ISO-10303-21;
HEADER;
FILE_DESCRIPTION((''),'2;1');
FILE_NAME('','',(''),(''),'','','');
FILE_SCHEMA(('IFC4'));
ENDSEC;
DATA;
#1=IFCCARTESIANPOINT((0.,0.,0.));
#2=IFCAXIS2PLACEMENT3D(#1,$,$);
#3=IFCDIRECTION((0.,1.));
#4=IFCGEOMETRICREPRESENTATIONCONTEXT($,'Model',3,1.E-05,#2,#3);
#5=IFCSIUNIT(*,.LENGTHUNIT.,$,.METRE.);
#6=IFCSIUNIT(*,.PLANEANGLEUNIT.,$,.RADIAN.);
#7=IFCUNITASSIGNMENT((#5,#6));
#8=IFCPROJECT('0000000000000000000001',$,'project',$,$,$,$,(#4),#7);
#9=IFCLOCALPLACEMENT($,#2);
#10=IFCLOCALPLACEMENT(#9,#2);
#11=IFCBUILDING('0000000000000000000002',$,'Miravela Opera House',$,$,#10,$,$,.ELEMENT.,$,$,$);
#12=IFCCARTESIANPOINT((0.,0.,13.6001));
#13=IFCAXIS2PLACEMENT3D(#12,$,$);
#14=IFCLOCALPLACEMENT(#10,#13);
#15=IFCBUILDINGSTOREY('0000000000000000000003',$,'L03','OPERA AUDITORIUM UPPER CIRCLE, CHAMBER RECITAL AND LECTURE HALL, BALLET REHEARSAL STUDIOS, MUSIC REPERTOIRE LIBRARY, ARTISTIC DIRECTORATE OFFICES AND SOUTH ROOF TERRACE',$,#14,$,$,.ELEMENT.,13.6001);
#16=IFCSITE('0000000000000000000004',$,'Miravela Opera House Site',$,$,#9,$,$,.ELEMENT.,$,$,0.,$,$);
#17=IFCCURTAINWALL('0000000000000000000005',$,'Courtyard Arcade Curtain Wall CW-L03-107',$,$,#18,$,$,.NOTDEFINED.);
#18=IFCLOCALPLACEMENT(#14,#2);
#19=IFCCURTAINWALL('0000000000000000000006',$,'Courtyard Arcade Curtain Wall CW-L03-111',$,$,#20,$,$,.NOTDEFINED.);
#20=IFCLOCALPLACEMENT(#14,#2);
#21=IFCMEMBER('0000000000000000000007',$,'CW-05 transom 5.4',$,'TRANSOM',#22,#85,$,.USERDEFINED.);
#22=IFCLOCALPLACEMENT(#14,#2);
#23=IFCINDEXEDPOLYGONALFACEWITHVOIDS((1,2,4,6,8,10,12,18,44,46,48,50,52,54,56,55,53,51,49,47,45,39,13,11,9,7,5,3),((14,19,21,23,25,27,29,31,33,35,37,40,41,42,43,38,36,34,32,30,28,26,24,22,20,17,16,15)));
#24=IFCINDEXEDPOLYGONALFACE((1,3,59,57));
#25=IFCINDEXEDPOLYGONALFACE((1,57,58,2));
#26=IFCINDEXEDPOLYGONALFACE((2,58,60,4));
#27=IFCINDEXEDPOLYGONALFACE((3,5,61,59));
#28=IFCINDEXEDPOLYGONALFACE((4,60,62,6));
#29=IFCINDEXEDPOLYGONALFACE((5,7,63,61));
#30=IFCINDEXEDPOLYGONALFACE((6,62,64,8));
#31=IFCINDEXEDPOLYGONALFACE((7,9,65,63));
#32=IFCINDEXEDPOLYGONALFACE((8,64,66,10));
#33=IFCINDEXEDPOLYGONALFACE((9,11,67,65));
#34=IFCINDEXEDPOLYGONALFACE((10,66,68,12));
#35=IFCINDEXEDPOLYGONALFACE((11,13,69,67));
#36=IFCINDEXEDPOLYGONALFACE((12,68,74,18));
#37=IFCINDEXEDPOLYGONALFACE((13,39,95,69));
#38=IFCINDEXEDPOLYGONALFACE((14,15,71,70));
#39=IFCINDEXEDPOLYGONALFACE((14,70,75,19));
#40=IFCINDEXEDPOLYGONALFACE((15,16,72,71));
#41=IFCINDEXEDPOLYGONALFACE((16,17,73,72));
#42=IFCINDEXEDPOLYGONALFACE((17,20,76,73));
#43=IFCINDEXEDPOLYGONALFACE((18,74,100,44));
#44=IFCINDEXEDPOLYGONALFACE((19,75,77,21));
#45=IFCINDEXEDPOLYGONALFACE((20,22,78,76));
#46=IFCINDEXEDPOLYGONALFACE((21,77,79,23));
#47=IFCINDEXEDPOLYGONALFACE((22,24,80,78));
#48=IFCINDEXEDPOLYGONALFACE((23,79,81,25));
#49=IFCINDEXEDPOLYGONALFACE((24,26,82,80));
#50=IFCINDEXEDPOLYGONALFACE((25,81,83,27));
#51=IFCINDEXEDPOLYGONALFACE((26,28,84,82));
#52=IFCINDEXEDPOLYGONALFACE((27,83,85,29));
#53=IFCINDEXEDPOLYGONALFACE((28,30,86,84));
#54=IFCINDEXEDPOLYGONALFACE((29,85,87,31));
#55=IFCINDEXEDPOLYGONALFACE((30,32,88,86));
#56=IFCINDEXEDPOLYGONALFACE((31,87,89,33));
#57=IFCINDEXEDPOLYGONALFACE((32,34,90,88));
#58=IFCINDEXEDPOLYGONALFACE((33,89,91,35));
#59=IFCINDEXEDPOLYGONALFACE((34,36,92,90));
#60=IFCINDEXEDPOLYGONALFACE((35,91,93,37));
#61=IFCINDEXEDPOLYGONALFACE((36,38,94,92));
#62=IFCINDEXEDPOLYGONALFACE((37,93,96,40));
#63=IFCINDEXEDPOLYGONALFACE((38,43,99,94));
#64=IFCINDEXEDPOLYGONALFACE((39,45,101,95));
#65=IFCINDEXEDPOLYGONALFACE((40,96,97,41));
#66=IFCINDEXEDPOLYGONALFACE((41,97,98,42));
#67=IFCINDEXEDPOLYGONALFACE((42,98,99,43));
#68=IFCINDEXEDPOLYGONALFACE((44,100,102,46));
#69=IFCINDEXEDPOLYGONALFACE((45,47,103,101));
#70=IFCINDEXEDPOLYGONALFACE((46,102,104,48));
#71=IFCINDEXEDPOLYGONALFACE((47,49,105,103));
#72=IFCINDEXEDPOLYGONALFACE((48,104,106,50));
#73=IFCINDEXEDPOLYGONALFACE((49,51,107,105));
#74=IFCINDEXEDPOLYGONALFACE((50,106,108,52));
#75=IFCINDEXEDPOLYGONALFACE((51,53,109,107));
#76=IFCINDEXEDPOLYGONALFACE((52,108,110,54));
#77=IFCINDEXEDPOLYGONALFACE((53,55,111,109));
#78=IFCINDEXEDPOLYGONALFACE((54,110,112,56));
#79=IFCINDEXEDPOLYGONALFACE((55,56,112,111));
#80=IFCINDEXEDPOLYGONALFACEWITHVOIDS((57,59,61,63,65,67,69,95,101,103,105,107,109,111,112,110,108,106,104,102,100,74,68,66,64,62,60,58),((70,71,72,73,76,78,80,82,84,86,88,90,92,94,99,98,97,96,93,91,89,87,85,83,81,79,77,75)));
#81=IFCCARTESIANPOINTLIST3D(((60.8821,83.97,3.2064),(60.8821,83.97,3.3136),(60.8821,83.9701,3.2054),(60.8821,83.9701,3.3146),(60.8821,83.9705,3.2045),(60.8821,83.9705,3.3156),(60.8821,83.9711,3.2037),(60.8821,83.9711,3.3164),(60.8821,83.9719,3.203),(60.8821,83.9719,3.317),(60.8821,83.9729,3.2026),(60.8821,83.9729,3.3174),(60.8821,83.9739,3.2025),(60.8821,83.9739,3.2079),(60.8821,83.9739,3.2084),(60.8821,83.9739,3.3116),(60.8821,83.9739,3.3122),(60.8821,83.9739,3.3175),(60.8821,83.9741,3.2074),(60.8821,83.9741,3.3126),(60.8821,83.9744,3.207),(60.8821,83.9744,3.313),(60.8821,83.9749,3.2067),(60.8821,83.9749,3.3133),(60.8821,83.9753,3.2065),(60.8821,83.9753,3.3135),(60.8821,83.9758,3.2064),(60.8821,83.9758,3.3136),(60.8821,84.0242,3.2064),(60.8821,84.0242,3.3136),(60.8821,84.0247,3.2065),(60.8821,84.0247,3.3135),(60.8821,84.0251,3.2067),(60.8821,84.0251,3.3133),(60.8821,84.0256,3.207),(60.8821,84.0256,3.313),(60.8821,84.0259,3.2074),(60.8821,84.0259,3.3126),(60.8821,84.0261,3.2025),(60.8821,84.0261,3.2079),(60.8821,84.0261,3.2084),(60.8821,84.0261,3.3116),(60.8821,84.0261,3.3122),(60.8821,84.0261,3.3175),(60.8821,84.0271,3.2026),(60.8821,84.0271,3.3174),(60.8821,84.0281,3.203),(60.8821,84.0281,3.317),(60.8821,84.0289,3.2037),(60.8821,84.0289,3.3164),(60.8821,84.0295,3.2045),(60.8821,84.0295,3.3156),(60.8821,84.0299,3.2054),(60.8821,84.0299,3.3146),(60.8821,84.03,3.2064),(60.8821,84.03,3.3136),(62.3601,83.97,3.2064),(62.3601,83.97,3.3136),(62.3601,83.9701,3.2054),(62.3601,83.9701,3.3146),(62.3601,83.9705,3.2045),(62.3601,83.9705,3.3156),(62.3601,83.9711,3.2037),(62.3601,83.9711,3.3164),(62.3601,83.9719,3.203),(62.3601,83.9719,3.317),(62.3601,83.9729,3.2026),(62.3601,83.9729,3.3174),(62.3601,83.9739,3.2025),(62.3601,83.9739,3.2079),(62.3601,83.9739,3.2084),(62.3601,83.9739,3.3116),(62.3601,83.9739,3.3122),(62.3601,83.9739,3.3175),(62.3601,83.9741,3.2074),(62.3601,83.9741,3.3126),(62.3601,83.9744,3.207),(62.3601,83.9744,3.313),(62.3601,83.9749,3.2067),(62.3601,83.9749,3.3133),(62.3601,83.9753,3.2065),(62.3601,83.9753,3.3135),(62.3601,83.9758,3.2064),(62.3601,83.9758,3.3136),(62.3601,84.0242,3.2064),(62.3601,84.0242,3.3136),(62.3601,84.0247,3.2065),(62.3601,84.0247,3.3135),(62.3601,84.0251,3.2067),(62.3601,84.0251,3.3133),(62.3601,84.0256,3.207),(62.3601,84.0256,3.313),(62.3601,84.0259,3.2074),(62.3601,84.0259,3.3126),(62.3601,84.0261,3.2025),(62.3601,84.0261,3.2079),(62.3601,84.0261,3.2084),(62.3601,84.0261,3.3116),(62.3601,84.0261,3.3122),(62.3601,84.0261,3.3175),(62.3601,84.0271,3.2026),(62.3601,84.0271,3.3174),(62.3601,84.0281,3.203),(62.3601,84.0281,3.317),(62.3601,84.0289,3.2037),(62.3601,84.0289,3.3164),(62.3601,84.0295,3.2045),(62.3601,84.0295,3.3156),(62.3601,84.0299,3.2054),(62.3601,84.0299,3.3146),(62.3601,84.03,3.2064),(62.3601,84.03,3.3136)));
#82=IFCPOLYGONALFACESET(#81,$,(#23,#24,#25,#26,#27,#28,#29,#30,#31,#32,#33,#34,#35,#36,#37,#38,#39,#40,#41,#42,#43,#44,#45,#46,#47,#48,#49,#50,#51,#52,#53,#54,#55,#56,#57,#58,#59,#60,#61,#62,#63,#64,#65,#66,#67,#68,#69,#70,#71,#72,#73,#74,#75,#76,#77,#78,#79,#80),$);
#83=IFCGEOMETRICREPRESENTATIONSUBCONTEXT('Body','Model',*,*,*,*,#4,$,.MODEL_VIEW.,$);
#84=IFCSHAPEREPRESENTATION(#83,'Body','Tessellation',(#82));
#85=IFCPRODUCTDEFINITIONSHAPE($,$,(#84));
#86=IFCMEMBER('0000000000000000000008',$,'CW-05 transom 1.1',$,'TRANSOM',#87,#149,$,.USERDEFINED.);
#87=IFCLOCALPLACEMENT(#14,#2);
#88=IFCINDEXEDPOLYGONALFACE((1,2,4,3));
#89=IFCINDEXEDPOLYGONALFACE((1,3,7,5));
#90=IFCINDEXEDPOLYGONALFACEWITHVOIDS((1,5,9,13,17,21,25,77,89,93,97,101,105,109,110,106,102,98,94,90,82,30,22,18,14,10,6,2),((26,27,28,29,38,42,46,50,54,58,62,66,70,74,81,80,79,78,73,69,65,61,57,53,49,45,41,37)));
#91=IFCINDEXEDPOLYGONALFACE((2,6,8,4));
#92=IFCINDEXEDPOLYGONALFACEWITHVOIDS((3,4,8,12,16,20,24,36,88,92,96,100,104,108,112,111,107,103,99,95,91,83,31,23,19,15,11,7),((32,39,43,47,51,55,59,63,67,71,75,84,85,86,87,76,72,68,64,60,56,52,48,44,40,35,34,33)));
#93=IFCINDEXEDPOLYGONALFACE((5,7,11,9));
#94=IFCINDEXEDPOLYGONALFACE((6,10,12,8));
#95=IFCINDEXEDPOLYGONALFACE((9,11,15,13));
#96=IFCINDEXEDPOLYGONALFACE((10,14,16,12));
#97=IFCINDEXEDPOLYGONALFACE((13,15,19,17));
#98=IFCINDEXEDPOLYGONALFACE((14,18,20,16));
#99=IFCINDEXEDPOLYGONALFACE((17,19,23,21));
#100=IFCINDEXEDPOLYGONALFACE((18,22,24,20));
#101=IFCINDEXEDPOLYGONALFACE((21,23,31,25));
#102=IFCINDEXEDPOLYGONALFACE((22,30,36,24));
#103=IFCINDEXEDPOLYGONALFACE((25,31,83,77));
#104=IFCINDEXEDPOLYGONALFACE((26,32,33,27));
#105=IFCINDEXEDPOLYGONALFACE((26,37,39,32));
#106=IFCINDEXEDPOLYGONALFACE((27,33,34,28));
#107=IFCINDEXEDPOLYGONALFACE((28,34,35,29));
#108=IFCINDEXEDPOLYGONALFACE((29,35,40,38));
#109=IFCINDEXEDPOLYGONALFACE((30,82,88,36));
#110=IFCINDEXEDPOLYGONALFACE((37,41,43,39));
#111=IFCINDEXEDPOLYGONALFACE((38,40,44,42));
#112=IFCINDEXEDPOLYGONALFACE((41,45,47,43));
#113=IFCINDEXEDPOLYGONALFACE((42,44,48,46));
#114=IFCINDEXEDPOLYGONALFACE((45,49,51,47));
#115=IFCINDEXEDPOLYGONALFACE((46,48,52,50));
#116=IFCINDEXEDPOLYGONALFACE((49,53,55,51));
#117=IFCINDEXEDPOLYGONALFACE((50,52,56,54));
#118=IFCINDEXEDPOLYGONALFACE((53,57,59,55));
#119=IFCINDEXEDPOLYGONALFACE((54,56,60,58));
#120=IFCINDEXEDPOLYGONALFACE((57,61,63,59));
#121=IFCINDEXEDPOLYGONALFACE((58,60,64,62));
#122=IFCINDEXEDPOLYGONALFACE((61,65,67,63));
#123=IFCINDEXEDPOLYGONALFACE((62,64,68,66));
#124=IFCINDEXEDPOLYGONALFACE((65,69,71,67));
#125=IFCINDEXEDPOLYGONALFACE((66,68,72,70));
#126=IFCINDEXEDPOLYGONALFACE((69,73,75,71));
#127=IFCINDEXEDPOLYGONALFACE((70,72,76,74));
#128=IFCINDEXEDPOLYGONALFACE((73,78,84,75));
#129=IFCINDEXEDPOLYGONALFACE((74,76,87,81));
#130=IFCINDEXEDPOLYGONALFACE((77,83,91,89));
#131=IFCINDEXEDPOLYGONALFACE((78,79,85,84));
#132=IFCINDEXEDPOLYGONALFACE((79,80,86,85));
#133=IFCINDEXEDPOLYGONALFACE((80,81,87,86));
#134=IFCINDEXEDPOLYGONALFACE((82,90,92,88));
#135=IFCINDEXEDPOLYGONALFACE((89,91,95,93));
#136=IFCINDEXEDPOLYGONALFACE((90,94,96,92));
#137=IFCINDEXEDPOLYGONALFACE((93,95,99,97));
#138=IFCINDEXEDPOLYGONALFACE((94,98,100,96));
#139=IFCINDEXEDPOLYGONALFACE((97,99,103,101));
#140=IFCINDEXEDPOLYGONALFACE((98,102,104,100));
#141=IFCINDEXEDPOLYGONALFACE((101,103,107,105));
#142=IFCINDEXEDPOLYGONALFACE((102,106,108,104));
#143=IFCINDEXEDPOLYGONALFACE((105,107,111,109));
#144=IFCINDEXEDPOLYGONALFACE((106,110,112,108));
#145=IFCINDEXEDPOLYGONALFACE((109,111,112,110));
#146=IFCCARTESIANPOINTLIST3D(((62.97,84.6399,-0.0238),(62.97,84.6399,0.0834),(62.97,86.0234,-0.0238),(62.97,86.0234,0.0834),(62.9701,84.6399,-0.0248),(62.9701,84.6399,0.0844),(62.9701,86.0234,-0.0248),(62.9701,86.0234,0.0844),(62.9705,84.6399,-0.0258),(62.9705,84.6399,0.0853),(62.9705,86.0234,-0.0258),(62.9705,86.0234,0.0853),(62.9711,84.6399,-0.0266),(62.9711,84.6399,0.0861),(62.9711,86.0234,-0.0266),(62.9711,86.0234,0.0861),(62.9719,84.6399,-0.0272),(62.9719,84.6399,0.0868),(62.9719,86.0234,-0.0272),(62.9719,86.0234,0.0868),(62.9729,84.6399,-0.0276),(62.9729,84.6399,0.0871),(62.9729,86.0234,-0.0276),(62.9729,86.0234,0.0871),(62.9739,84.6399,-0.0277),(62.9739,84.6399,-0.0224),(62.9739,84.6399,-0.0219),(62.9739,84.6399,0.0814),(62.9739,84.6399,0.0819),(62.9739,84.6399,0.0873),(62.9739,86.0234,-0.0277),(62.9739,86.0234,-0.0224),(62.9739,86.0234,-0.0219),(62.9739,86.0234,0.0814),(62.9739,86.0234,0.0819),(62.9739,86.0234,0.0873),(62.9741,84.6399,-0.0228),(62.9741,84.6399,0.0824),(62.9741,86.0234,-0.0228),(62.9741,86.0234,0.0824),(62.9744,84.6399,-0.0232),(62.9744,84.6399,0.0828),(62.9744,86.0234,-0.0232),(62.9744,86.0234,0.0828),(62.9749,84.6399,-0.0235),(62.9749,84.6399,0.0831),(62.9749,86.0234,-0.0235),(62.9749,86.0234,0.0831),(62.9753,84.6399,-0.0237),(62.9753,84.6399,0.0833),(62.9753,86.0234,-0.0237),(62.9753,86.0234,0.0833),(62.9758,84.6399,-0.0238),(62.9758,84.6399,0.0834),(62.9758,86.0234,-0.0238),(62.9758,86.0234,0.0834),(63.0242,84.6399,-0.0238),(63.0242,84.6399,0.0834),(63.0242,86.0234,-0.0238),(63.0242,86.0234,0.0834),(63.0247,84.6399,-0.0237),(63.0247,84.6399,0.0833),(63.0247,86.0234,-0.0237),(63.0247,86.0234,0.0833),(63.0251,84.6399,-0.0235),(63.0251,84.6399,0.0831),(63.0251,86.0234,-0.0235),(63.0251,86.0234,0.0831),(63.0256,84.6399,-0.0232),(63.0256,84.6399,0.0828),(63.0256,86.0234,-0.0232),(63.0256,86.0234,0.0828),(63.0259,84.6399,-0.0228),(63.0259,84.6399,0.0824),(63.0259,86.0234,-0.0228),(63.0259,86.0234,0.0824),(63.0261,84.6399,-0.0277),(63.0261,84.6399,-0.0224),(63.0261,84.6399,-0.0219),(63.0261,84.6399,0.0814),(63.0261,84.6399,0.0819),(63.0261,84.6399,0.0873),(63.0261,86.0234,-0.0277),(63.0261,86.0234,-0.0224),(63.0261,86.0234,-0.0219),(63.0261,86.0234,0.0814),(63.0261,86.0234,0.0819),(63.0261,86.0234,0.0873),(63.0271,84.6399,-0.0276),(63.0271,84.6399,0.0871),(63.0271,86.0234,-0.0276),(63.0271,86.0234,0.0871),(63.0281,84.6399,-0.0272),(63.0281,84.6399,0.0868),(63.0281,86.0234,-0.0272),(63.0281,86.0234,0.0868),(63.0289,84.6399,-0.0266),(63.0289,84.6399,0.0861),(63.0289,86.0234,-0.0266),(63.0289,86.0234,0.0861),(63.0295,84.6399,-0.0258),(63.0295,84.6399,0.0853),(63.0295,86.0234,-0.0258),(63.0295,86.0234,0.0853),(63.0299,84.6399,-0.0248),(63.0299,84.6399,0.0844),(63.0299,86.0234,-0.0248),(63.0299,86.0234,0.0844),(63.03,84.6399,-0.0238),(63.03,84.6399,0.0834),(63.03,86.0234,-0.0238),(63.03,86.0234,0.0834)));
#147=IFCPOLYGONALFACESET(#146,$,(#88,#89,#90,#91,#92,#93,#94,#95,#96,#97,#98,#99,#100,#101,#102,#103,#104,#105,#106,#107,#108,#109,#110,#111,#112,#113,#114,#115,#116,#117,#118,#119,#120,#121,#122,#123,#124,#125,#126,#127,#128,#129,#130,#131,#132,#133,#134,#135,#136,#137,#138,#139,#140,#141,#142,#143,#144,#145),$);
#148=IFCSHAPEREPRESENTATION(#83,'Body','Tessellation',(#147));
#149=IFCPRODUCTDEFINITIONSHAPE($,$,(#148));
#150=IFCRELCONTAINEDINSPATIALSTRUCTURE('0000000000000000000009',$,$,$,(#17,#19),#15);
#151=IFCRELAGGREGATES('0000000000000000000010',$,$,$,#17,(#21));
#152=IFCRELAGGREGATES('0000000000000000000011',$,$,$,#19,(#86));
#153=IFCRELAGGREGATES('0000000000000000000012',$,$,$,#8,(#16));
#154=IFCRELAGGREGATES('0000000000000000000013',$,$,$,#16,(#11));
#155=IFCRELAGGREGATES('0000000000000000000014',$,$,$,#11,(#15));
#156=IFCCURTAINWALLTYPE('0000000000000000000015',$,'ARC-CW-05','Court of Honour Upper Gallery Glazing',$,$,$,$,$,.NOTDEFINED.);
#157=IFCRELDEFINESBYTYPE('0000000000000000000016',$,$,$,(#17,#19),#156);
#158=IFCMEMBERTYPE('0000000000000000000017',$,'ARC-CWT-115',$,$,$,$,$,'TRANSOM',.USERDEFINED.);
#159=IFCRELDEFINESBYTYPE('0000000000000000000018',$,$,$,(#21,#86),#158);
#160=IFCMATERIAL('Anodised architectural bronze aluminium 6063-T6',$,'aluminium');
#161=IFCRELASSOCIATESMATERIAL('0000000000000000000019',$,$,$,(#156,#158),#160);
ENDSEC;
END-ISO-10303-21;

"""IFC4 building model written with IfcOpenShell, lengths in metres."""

from ifc_helpers import new_model, si_unit, direction, frame, origin, origin_2d, place, context, subcontext, project, spatial, hollow_rectangle, extrude, material, material_profile, profile_set, type_object, element, aggregate, save


model = new_model("IFC4")

# Units and contexts
model_context = context("Model", 3, precision=1e-05, world=origin(), true_north=direction((0.0, 1.0)))
body_context = subcontext(model_context, "Body", "Model", "MODEL_VIEW")
ifc_project = project(units=[si_unit("LENGTHUNIT", "METRE"), si_unit("PLANEANGLEUNIT", "RADIAN")], contexts=[model_context])

# Site, building, storey
site_placement = place(None, origin())
site = spatial("IfcSite", under=ifc_project, at=site_placement, Name="Miravela Opera House Site", CompositionType="ELEMENT", RefElevation=0.0)
building_placement = place(site_placement, origin())
building = spatial("IfcBuilding", under=site, at=building_placement, Name="Miravela Opera House", CompositionType="ELEMENT")
storey_placement = place(building_placement, frame((0.0, 0.0, 13.6001)))
storey = spatial("IfcBuildingStorey", under=building, at=storey_placement, Name="L03", Description="OPERA AUDITORIUM UPPER CIRCLE, CHAMBER RECITAL AND LECTURE HALL, BALLET REHEARSAL STUDIOS, MUSIC REPERTOIRE LIBRARY, ARTISTIC DIRECTORATE OFFICES AND SOUTH ROOF TERRACE", CompositionType="ELEMENT", Elevation=13.6001)

# Curtain wall
ifc_material_1 = material(Name="Anodised architectural bronze aluminium 6063-T6", Category="aluminium")
curtain_wall_type = type_object("IfcCurtainWallType", Name="ARC-CW-05", Description="Court of Honour Upper Gallery Glazing", PredefinedType="NOTDEFINED", material=ifc_material_1)
curtain_wall_1_placement = place(storey_placement, origin())
curtain_wall_1 = element("IfcCurtainWall", 1, at=curtain_wall_1_placement, inside=storey, type_object=curtain_wall_type, Name="Courtyard Arcade Curtain Wall CW-L03-107", PredefinedType="NOTDEFINED")

# Curtain wall
curtain_wall_2_placement = place(storey_placement, origin())
curtain_wall_2 = element("IfcCurtainWall", 2, at=curtain_wall_2_placement, inside=storey, type_object=curtain_wall_type, Name="Courtyard Arcade Curtain Wall CW-L03-111", PredefinedType="NOTDEFINED")

# Members
ifc_material_profile_1 = material_profile(ifc_material_1, hollow_rectangle(XDim=0.0601, YDim=0.115, WallThickness=0.0039, InnerFilletRadius=0.002, OuterFilletRadius=0.0039, at=origin_2d()), Name="CWT-60X115")
ifc_profile_set_1 = profile_set([ifc_material_profile_1])
member_type_1 = type_object("IfcMemberType", Name="ARC-CWT-115", ElementType="TRANSOM", PredefinedType="USERDEFINED", material=ifc_profile_set_1)
member_1_placement = place(storey_placement, frame((60.8821, 84.0, 3.26), z_axis=(1.0, 0.0, 0.0), x_axis=(0.0, 1.0, 0.0)))
member_1 = element("IfcMember", 3, at=member_1_placement, type_object=member_type_1, Name="CW-05 transom 5.4", ObjectType="TRANSOM", PredefinedType="USERDEFINED", context=body_context, shape_type="SweptSolid", body=[
    extrude(hollow_rectangle(XDim=0.0601, YDim=0.115, WallThickness=0.0039, InnerFilletRadius=0.002, OuterFilletRadius=0.0039, at=origin_2d()), origin(), (0.0, 0.0, 1.0), 1.478),
])
member_2_placement = place(storey_placement, frame((63.0, 84.6399, 0.0298), z_axis=(0.0, 1.0, 0.0), x_axis=(-1.0, 0.0, 0.0)))
member_2 = element("IfcMember", 4, at=member_2_placement, type_object=member_type_1, Name="CW-05 transom 1.1", ObjectType="TRANSOM", PredefinedType="USERDEFINED", context=body_context, shape_type="SweptSolid", body=[
    extrude(hollow_rectangle(XDim=0.0601, YDim=0.115, WallThickness=0.0039, InnerFilletRadius=0.002, OuterFilletRadius=0.0039, at=origin_2d()), origin(), (0.0, 0.0, 1.0), 1.3835),
])

aggregate(curtain_wall_1, [member_1])
aggregate(curtain_wall_2, [member_2])

save(model, "model.ifc")
